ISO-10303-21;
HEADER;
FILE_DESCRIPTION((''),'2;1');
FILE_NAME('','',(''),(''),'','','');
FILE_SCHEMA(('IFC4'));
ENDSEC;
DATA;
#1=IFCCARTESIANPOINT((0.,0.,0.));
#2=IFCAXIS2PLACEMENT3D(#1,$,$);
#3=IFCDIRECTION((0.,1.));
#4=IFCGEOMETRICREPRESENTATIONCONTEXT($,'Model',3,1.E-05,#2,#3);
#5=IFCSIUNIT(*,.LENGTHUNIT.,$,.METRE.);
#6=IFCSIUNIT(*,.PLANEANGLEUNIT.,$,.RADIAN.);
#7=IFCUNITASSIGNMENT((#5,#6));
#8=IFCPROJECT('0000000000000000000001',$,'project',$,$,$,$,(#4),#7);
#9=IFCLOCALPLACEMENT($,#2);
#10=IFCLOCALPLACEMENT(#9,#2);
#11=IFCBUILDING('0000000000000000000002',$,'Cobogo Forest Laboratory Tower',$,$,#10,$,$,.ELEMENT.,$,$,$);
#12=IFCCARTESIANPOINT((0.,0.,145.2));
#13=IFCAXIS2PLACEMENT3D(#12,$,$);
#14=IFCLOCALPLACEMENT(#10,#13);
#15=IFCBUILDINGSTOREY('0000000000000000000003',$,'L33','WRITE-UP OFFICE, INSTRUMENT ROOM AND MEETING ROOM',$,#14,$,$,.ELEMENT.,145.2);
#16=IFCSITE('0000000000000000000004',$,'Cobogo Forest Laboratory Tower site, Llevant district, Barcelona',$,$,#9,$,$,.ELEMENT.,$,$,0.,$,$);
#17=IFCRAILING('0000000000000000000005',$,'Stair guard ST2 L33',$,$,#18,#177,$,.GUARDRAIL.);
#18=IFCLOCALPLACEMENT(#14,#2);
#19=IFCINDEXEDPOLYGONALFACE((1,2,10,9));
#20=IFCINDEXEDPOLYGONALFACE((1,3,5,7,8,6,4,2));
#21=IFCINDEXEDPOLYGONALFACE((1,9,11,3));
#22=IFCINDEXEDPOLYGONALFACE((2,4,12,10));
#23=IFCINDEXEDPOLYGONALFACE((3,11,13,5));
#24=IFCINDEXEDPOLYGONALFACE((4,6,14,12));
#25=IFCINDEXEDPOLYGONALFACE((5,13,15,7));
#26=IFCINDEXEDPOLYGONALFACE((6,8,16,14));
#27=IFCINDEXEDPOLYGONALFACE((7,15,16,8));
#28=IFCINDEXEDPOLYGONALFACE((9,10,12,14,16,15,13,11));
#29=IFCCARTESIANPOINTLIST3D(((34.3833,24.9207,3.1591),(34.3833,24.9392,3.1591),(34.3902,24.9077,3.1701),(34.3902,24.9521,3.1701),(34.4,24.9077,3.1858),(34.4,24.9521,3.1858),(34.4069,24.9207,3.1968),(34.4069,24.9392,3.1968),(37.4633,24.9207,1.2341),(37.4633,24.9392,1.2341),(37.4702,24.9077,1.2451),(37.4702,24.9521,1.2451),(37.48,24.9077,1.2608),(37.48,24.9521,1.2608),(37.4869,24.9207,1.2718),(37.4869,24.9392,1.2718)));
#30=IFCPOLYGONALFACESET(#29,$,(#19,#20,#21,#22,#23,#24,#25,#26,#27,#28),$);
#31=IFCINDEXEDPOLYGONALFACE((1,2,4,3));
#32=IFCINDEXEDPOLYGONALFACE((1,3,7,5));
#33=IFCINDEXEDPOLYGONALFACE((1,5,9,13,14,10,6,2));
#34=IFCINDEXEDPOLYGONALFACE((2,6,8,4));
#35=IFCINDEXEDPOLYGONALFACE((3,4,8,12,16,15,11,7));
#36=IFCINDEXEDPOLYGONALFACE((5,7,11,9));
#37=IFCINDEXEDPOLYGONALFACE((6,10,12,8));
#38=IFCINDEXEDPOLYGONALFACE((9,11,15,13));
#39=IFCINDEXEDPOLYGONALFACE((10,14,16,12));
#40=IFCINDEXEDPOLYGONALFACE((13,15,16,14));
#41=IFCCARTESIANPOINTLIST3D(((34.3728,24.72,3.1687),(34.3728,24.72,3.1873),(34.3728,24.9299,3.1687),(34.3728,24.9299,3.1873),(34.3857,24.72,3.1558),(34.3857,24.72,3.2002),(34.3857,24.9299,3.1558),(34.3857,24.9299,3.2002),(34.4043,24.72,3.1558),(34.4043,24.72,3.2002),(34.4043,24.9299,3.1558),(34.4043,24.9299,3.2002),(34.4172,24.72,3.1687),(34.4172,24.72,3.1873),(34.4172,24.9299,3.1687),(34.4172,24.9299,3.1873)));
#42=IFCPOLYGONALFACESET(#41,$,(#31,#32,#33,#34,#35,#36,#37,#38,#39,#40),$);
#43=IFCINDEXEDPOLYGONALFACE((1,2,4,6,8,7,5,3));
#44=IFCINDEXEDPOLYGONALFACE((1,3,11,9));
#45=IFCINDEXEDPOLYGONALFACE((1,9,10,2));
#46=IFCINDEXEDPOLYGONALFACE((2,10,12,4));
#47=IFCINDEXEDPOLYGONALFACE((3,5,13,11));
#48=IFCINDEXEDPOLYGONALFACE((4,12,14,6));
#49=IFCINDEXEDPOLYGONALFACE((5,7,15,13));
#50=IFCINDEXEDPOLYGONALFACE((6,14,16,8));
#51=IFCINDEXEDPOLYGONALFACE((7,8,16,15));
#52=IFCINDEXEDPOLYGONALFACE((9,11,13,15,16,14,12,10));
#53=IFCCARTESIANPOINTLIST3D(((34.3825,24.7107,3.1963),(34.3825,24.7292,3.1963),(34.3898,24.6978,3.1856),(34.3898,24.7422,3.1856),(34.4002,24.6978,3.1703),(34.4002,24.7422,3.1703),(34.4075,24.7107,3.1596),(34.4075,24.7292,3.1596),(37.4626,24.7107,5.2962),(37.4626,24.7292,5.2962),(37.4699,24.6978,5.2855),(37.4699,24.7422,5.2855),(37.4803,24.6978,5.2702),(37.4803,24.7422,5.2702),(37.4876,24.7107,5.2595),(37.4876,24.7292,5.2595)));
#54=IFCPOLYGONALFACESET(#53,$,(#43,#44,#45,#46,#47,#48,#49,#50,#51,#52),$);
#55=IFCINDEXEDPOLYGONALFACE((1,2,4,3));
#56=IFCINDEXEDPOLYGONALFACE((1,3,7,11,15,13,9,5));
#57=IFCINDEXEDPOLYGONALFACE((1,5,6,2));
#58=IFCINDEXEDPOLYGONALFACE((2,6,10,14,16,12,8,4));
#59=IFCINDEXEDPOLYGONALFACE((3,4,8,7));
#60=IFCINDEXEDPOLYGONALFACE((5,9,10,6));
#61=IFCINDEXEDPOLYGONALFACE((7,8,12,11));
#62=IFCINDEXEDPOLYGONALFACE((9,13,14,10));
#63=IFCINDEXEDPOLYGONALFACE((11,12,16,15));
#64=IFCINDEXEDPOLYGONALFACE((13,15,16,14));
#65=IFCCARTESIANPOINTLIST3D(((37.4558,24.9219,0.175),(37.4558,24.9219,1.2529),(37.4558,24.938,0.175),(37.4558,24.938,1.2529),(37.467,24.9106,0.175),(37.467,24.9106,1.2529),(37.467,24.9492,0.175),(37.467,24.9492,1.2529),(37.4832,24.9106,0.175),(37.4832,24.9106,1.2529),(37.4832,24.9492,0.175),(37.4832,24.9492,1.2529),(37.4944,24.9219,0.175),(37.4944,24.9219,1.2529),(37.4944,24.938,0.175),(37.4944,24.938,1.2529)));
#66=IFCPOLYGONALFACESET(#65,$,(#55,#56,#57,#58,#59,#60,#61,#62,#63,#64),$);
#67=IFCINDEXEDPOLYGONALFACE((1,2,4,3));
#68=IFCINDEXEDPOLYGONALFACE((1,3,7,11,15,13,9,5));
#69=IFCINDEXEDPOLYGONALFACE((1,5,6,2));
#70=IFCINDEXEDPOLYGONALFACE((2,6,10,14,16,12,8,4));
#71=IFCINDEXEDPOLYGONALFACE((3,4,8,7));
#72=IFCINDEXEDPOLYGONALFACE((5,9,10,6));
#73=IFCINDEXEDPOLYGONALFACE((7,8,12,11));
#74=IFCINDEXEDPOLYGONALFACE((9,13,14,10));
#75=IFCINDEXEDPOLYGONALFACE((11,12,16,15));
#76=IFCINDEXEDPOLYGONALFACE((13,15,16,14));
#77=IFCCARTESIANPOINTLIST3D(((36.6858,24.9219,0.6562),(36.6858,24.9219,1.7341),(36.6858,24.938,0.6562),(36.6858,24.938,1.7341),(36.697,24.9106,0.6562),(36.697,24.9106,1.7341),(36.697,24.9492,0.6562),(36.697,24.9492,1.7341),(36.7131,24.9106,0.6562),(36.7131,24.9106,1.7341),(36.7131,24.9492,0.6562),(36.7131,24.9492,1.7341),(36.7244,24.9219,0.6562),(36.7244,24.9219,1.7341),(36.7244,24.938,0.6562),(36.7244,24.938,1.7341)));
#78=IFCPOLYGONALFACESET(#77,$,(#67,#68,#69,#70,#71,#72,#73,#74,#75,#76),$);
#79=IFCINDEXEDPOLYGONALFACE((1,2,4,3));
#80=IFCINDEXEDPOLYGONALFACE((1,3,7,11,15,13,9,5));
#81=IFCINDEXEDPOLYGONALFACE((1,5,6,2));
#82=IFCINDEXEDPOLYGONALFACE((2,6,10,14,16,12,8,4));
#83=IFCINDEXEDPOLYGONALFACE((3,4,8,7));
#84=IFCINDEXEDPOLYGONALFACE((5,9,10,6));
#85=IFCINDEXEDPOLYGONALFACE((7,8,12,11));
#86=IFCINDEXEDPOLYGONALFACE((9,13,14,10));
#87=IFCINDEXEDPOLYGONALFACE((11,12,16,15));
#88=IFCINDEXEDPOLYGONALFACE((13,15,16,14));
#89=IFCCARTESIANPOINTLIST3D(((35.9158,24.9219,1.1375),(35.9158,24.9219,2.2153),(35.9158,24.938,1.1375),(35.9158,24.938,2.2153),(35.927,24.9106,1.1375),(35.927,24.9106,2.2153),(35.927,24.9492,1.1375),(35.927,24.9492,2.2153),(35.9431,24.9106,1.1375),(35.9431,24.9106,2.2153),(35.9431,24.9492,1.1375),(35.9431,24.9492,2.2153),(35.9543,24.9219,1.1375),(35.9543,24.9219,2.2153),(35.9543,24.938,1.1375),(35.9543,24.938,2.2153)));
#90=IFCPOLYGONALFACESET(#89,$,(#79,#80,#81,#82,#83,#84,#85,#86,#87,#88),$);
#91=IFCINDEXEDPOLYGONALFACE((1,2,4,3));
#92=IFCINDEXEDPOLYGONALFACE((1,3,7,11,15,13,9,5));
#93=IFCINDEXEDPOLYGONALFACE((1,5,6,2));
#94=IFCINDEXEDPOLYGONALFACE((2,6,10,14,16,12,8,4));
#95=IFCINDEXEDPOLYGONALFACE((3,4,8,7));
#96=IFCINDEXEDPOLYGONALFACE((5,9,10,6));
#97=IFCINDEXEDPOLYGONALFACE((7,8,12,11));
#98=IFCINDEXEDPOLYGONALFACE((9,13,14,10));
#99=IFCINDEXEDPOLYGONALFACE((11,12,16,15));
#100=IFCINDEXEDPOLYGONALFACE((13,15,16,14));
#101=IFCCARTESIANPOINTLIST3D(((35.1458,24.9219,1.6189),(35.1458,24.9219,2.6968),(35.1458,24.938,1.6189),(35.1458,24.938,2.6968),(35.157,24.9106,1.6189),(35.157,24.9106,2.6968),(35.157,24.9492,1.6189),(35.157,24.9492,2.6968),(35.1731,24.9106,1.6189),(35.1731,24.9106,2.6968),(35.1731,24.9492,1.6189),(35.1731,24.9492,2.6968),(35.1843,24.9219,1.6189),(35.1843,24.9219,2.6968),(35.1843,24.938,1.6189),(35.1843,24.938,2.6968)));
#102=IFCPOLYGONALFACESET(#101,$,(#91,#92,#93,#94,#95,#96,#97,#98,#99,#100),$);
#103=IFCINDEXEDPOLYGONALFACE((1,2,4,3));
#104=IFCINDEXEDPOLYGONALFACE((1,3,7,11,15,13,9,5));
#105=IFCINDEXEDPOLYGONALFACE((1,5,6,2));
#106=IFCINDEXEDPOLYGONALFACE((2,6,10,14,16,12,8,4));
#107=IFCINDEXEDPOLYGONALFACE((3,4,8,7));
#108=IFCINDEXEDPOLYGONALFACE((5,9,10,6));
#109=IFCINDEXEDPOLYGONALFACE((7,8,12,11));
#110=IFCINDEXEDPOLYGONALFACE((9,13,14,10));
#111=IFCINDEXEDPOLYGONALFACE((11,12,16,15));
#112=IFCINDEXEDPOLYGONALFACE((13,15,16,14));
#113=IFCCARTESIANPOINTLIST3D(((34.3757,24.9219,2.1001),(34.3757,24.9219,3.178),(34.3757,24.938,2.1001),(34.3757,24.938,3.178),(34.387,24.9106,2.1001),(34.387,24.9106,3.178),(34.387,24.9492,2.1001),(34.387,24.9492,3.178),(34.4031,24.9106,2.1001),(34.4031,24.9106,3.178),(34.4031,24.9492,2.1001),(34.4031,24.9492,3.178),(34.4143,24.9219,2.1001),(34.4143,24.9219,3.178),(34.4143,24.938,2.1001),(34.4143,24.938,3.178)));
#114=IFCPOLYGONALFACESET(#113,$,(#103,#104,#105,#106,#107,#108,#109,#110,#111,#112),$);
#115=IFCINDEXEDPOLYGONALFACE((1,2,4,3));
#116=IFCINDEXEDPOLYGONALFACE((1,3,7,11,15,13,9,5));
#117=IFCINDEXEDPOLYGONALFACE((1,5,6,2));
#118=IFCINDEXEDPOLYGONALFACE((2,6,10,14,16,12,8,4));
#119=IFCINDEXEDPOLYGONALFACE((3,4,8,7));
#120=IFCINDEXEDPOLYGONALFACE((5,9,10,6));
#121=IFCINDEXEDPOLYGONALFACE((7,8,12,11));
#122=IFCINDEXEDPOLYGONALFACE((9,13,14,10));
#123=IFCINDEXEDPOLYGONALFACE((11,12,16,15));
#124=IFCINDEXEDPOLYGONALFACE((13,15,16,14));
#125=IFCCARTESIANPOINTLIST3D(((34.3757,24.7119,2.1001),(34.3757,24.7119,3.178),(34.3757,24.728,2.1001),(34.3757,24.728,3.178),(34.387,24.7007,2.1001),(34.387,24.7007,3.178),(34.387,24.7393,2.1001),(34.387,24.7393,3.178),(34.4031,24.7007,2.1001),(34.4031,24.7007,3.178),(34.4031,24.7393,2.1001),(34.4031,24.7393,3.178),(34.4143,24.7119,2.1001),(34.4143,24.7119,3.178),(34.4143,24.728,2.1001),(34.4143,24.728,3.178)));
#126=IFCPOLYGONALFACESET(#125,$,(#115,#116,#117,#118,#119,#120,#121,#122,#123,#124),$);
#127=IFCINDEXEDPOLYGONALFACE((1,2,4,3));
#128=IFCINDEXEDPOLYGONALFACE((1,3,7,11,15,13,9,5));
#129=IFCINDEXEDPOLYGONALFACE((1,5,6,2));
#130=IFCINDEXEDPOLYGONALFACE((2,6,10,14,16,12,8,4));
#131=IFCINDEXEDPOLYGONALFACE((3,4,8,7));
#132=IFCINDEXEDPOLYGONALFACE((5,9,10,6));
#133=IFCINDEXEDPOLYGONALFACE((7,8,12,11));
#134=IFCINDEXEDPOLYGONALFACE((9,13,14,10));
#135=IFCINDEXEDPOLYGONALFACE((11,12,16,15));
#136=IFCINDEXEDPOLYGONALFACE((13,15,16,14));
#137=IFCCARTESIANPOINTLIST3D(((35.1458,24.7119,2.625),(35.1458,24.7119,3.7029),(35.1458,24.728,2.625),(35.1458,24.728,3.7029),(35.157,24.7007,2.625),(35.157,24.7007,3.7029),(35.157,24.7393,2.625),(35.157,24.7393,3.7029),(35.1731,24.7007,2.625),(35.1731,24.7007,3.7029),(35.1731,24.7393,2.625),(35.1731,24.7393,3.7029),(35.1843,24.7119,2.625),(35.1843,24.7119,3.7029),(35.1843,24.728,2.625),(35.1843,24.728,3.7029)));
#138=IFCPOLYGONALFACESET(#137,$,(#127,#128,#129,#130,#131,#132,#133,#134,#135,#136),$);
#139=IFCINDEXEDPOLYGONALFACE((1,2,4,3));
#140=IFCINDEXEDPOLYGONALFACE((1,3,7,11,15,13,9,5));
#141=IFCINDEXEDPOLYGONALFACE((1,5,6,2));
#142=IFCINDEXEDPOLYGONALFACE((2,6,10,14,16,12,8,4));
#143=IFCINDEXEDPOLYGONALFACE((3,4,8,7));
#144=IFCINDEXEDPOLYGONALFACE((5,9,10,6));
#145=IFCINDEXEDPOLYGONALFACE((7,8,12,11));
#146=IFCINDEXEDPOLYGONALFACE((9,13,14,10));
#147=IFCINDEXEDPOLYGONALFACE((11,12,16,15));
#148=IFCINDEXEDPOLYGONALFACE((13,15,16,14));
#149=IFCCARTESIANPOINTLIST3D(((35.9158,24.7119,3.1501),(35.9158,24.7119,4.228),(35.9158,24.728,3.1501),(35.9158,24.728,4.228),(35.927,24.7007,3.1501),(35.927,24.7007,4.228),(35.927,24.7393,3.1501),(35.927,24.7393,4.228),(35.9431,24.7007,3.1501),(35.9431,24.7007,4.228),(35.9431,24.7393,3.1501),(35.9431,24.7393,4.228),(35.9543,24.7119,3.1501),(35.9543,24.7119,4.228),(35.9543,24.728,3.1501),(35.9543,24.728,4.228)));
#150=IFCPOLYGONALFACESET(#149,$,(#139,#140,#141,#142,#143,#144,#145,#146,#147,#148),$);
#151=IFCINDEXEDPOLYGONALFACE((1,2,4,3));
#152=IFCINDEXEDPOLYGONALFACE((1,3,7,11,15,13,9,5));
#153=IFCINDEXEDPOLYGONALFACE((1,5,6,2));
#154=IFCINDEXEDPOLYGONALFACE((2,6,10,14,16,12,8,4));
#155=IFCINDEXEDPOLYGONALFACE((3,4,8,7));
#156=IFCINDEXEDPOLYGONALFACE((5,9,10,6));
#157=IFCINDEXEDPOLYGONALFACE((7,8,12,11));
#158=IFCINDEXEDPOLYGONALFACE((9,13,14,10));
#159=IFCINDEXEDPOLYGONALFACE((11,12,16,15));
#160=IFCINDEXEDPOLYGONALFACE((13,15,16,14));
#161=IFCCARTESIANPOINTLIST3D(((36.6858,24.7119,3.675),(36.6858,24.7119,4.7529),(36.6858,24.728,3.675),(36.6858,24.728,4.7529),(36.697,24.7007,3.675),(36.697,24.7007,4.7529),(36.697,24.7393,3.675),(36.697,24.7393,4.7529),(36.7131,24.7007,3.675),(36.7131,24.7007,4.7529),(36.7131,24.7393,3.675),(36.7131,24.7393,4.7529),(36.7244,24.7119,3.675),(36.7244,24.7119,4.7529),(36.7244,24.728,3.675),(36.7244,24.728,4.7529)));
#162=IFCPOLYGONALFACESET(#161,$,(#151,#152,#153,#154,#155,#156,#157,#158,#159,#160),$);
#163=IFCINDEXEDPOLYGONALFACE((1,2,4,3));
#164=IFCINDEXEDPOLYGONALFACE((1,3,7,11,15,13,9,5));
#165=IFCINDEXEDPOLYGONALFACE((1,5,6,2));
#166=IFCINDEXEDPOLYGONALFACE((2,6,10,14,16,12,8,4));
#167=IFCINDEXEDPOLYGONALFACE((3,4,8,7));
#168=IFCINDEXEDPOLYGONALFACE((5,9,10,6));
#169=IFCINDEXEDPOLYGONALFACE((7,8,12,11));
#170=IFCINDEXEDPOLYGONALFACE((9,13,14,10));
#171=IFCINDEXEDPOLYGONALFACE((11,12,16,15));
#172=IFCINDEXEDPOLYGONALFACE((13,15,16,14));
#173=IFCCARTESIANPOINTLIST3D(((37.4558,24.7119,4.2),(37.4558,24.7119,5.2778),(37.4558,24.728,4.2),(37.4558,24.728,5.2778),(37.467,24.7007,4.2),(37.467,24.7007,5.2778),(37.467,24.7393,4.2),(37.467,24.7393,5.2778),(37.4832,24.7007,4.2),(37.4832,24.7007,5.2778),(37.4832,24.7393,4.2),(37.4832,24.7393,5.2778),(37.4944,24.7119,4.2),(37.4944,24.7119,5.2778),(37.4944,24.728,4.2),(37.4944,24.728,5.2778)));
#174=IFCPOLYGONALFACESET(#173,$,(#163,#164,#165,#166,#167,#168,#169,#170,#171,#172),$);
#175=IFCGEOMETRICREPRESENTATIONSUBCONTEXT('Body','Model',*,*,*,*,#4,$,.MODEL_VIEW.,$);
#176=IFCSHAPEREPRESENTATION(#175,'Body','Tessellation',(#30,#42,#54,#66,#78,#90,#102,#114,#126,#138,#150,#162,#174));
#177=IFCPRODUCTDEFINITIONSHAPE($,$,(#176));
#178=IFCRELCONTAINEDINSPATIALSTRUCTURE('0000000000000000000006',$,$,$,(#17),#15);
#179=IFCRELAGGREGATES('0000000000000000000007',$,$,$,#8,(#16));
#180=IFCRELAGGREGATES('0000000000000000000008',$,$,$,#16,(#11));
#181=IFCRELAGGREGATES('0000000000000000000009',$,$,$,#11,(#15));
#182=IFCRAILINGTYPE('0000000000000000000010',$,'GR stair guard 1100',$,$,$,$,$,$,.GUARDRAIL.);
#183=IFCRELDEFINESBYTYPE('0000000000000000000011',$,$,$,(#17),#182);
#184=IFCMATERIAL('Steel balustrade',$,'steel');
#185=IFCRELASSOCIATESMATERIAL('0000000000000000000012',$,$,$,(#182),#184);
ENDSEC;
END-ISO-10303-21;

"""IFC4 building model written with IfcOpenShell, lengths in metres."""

from ifc_helpers import new_model, si_unit, direction, frame, origin, place, context, subcontext, project, spatial, polyline, outline, extrude, material, type_object, element, save


model = new_model("IFC4")

# Units and contexts
model_context = context("Model", 3, precision=1e-05, world=origin(), true_north=direction((0.0, 1.0)))
body_context = subcontext(model_context, "Body", "Model", "MODEL_VIEW")
ifc_project = project(units=[si_unit("LENGTHUNIT", "METRE"), si_unit("PLANEANGLEUNIT", "RADIAN")], contexts=[model_context])

# Site, building, storey
site_placement = place(None, origin())
site = spatial("IfcSite", under=ifc_project, at=site_placement, Name="Cobogo Forest Laboratory Tower site, Llevant district, Barcelona", CompositionType="ELEMENT", RefElevation=0.0)
building_placement = place(site_placement, origin())
building = spatial("IfcBuilding", under=site, at=building_placement, Name="Cobogo Forest Laboratory Tower", CompositionType="ELEMENT")
storey_placement = place(building_placement, frame((0.0, 0.0, 145.2)))
storey = spatial("IfcBuildingStorey", under=building, at=storey_placement, Name="L33", Description="WRITE-UP OFFICE, INSTRUMENT ROOM AND MEETING ROOM", CompositionType="ELEMENT", Elevation=145.2)

# Railing
ifc_material_1 = material(Name="Steel balustrade", Category="steel")
railing_type_1 = type_object("IfcRailingType", Name="GR stair guard 1100", PredefinedType="GUARDRAIL", material=ifc_material_1)
railing_1_placement = place(storey_placement, frame((37.4751, 24.9299, 0.175)))
element("IfcRailing", 1, at=railing_1_placement, inside=storey, type_object=railing_type_1, Name="Stair guard ST2 L33", PredefinedType="GUARDRAIL", context=body_context, shape_type="SweptSolid", body=[
    extrude(outline(polyline([(0.0222, 0.0093), (0.0093, 0.0222), (-0.0093, 0.0222), (-0.0222, 0.0093), (-0.0222, -0.0093), (-0.0093, -0.0222), (0.0093, -0.0222), (0.0222, -0.0093), (0.0222, 0.0093)])), frame((0.0, 0.0, 1.0779), z_axis=(-0.847998, 0.0, 0.529999), x_axis=(0.0, -1.0, 0.0)), (0.0, 0.0, 1.0), 3.6321),
    extrude(outline(polyline([(0.0222, 0.0093), (0.0093, 0.0222), (-0.0093, 0.0222), (-0.0222, 0.0093), (-0.0222, -0.0093), (-0.0093, -0.0222), (0.0093, -0.0222), (0.0222, -0.0093), (0.0222, 0.0093)])), frame((-3.0801, 0.0, 3.0029), z_axis=(0.0, -1.0, 0.0), x_axis=(1.0, 0.0, 0.0)), (0.0, 0.0, 1.0), 0.21),
    extrude(outline(polyline([(0.0222, 0.0093), (0.0093, 0.0222), (-0.0093, 0.0222), (-0.0222, 0.0093), (-0.0222, -0.0093), (-0.0093, -0.0222), (0.0093, -0.0222), (0.0222, -0.0093), (0.0222, 0.0093)])), frame((-3.0801, -0.21, 3.0029), z_axis=(0.826252, 0.0, 0.5633), x_axis=(0.0, 1.0, 0.0)), (0.0, 0.0, 1.0), 3.7278),
    extrude(outline(polyline([(0.0193, 0.0081), (0.0081, 0.0193), (-0.0081, 0.0193), (-0.0193, 0.0081), (-0.0193, -0.0081), (-0.0081, -0.0193), (0.0081, -0.0193), (0.0193, -0.0081), (0.0193, 0.0081)])), origin(), (0.0, 0.0, 1.0), 1.0779),
    extrude(outline(polyline([(0.0193, 0.0081), (0.0081, 0.0193), (-0.0081, 0.0193), (-0.0193, 0.0081), (-0.0193, -0.0081), (-0.0081, -0.0193), (0.0081, -0.0193), (0.0193, -0.0081), (0.0193, 0.0081)])), frame((-0.77, 0.0, 0.4812)), (0.0, 0.0, 1.0), 1.0779),
    extrude(outline(polyline([(0.0193, 0.0081), (0.0081, 0.0193), (-0.0081, 0.0193), (-0.0193, 0.0081), (-0.0193, -0.0081), (-0.0081, -0.0193), (0.0081, -0.0193), (0.0193, -0.0081), (0.0193, 0.0081)])), frame((-1.54, 0.0, 0.9624)), (0.0, 0.0, 1.0), 1.0779),
    extrude(outline(polyline([(0.0193, 0.0081), (0.0081, 0.0193), (-0.0081, 0.0193), (-0.0193, 0.0081), (-0.0193, -0.0081), (-0.0081, -0.0193), (0.0081, -0.0193), (0.0193, -0.0081), (0.0193, 0.0081)])), frame((-2.3101, 0.0, 1.4438)), (0.0, 0.0, 1.0), 1.0779),
    extrude(outline(polyline([(0.0193, 0.0081), (0.0081, 0.0193), (-0.0081, 0.0193), (-0.0193, 0.0081), (-0.0193, -0.0081), (-0.0081, -0.0193), (0.0081, -0.0193), (0.0193, -0.0081), (0.0193, 0.0081)])), frame((-3.0801, 0.0, 1.925)), (0.0, 0.0, 1.0), 1.0779),
    extrude(outline(polyline([(0.0193, 0.0081), (0.0081, 0.0193), (-0.0081, 0.0193), (-0.0193, 0.0081), (-0.0193, -0.0081), (-0.0081, -0.0193), (0.0081, -0.0193), (0.0193, -0.0081), (0.0193, 0.0081)])), frame((-3.0801, -0.21, 1.925)), (0.0, 0.0, 1.0), 1.0779),
    extrude(outline(polyline([(0.0193, 0.0081), (0.0081, 0.0193), (-0.0081, 0.0193), (-0.0193, 0.0081), (-0.0193, -0.0081), (-0.0081, -0.0193), (0.0081, -0.0193), (0.0193, -0.0081), (0.0193, 0.0081)])), frame((-2.3101, -0.21, 2.45)), (0.0, 0.0, 1.0), 1.0779),
    extrude(outline(polyline([(0.0193, 0.0081), (0.0081, 0.0193), (-0.0081, 0.0193), (-0.0193, 0.0081), (-0.0193, -0.0081), (-0.0081, -0.0193), (0.0081, -0.0193), (0.0193, -0.0081), (0.0193, 0.0081)])), frame((-1.54, -0.21, 2.9751)), (0.0, 0.0, 1.0), 1.0779),
    extrude(outline(polyline([(0.0193, 0.0081), (0.0081, 0.0193), (-0.0081, 0.0193), (-0.0193, 0.0081), (-0.0193, -0.0081), (-0.0081, -0.0193), (0.0081, -0.0193), (0.0193, -0.0081), (0.0193, 0.0081)])), frame((-0.77, -0.21, 3.5)), (0.0, 0.0, 1.0), 1.0779),
    extrude(outline(polyline([(0.0193, 0.0081), (0.0081, 0.0193), (-0.0081, 0.0193), (-0.0193, 0.0081), (-0.0193, -0.0081), (-0.0081, -0.0193), (0.0081, -0.0193), (0.0193, -0.0081), (0.0193, 0.0081)])), frame((0.0, -0.21, 4.0249)), (0.0, 0.0, 1.0), 1.0779),
])

save(model, "model.ifc")
